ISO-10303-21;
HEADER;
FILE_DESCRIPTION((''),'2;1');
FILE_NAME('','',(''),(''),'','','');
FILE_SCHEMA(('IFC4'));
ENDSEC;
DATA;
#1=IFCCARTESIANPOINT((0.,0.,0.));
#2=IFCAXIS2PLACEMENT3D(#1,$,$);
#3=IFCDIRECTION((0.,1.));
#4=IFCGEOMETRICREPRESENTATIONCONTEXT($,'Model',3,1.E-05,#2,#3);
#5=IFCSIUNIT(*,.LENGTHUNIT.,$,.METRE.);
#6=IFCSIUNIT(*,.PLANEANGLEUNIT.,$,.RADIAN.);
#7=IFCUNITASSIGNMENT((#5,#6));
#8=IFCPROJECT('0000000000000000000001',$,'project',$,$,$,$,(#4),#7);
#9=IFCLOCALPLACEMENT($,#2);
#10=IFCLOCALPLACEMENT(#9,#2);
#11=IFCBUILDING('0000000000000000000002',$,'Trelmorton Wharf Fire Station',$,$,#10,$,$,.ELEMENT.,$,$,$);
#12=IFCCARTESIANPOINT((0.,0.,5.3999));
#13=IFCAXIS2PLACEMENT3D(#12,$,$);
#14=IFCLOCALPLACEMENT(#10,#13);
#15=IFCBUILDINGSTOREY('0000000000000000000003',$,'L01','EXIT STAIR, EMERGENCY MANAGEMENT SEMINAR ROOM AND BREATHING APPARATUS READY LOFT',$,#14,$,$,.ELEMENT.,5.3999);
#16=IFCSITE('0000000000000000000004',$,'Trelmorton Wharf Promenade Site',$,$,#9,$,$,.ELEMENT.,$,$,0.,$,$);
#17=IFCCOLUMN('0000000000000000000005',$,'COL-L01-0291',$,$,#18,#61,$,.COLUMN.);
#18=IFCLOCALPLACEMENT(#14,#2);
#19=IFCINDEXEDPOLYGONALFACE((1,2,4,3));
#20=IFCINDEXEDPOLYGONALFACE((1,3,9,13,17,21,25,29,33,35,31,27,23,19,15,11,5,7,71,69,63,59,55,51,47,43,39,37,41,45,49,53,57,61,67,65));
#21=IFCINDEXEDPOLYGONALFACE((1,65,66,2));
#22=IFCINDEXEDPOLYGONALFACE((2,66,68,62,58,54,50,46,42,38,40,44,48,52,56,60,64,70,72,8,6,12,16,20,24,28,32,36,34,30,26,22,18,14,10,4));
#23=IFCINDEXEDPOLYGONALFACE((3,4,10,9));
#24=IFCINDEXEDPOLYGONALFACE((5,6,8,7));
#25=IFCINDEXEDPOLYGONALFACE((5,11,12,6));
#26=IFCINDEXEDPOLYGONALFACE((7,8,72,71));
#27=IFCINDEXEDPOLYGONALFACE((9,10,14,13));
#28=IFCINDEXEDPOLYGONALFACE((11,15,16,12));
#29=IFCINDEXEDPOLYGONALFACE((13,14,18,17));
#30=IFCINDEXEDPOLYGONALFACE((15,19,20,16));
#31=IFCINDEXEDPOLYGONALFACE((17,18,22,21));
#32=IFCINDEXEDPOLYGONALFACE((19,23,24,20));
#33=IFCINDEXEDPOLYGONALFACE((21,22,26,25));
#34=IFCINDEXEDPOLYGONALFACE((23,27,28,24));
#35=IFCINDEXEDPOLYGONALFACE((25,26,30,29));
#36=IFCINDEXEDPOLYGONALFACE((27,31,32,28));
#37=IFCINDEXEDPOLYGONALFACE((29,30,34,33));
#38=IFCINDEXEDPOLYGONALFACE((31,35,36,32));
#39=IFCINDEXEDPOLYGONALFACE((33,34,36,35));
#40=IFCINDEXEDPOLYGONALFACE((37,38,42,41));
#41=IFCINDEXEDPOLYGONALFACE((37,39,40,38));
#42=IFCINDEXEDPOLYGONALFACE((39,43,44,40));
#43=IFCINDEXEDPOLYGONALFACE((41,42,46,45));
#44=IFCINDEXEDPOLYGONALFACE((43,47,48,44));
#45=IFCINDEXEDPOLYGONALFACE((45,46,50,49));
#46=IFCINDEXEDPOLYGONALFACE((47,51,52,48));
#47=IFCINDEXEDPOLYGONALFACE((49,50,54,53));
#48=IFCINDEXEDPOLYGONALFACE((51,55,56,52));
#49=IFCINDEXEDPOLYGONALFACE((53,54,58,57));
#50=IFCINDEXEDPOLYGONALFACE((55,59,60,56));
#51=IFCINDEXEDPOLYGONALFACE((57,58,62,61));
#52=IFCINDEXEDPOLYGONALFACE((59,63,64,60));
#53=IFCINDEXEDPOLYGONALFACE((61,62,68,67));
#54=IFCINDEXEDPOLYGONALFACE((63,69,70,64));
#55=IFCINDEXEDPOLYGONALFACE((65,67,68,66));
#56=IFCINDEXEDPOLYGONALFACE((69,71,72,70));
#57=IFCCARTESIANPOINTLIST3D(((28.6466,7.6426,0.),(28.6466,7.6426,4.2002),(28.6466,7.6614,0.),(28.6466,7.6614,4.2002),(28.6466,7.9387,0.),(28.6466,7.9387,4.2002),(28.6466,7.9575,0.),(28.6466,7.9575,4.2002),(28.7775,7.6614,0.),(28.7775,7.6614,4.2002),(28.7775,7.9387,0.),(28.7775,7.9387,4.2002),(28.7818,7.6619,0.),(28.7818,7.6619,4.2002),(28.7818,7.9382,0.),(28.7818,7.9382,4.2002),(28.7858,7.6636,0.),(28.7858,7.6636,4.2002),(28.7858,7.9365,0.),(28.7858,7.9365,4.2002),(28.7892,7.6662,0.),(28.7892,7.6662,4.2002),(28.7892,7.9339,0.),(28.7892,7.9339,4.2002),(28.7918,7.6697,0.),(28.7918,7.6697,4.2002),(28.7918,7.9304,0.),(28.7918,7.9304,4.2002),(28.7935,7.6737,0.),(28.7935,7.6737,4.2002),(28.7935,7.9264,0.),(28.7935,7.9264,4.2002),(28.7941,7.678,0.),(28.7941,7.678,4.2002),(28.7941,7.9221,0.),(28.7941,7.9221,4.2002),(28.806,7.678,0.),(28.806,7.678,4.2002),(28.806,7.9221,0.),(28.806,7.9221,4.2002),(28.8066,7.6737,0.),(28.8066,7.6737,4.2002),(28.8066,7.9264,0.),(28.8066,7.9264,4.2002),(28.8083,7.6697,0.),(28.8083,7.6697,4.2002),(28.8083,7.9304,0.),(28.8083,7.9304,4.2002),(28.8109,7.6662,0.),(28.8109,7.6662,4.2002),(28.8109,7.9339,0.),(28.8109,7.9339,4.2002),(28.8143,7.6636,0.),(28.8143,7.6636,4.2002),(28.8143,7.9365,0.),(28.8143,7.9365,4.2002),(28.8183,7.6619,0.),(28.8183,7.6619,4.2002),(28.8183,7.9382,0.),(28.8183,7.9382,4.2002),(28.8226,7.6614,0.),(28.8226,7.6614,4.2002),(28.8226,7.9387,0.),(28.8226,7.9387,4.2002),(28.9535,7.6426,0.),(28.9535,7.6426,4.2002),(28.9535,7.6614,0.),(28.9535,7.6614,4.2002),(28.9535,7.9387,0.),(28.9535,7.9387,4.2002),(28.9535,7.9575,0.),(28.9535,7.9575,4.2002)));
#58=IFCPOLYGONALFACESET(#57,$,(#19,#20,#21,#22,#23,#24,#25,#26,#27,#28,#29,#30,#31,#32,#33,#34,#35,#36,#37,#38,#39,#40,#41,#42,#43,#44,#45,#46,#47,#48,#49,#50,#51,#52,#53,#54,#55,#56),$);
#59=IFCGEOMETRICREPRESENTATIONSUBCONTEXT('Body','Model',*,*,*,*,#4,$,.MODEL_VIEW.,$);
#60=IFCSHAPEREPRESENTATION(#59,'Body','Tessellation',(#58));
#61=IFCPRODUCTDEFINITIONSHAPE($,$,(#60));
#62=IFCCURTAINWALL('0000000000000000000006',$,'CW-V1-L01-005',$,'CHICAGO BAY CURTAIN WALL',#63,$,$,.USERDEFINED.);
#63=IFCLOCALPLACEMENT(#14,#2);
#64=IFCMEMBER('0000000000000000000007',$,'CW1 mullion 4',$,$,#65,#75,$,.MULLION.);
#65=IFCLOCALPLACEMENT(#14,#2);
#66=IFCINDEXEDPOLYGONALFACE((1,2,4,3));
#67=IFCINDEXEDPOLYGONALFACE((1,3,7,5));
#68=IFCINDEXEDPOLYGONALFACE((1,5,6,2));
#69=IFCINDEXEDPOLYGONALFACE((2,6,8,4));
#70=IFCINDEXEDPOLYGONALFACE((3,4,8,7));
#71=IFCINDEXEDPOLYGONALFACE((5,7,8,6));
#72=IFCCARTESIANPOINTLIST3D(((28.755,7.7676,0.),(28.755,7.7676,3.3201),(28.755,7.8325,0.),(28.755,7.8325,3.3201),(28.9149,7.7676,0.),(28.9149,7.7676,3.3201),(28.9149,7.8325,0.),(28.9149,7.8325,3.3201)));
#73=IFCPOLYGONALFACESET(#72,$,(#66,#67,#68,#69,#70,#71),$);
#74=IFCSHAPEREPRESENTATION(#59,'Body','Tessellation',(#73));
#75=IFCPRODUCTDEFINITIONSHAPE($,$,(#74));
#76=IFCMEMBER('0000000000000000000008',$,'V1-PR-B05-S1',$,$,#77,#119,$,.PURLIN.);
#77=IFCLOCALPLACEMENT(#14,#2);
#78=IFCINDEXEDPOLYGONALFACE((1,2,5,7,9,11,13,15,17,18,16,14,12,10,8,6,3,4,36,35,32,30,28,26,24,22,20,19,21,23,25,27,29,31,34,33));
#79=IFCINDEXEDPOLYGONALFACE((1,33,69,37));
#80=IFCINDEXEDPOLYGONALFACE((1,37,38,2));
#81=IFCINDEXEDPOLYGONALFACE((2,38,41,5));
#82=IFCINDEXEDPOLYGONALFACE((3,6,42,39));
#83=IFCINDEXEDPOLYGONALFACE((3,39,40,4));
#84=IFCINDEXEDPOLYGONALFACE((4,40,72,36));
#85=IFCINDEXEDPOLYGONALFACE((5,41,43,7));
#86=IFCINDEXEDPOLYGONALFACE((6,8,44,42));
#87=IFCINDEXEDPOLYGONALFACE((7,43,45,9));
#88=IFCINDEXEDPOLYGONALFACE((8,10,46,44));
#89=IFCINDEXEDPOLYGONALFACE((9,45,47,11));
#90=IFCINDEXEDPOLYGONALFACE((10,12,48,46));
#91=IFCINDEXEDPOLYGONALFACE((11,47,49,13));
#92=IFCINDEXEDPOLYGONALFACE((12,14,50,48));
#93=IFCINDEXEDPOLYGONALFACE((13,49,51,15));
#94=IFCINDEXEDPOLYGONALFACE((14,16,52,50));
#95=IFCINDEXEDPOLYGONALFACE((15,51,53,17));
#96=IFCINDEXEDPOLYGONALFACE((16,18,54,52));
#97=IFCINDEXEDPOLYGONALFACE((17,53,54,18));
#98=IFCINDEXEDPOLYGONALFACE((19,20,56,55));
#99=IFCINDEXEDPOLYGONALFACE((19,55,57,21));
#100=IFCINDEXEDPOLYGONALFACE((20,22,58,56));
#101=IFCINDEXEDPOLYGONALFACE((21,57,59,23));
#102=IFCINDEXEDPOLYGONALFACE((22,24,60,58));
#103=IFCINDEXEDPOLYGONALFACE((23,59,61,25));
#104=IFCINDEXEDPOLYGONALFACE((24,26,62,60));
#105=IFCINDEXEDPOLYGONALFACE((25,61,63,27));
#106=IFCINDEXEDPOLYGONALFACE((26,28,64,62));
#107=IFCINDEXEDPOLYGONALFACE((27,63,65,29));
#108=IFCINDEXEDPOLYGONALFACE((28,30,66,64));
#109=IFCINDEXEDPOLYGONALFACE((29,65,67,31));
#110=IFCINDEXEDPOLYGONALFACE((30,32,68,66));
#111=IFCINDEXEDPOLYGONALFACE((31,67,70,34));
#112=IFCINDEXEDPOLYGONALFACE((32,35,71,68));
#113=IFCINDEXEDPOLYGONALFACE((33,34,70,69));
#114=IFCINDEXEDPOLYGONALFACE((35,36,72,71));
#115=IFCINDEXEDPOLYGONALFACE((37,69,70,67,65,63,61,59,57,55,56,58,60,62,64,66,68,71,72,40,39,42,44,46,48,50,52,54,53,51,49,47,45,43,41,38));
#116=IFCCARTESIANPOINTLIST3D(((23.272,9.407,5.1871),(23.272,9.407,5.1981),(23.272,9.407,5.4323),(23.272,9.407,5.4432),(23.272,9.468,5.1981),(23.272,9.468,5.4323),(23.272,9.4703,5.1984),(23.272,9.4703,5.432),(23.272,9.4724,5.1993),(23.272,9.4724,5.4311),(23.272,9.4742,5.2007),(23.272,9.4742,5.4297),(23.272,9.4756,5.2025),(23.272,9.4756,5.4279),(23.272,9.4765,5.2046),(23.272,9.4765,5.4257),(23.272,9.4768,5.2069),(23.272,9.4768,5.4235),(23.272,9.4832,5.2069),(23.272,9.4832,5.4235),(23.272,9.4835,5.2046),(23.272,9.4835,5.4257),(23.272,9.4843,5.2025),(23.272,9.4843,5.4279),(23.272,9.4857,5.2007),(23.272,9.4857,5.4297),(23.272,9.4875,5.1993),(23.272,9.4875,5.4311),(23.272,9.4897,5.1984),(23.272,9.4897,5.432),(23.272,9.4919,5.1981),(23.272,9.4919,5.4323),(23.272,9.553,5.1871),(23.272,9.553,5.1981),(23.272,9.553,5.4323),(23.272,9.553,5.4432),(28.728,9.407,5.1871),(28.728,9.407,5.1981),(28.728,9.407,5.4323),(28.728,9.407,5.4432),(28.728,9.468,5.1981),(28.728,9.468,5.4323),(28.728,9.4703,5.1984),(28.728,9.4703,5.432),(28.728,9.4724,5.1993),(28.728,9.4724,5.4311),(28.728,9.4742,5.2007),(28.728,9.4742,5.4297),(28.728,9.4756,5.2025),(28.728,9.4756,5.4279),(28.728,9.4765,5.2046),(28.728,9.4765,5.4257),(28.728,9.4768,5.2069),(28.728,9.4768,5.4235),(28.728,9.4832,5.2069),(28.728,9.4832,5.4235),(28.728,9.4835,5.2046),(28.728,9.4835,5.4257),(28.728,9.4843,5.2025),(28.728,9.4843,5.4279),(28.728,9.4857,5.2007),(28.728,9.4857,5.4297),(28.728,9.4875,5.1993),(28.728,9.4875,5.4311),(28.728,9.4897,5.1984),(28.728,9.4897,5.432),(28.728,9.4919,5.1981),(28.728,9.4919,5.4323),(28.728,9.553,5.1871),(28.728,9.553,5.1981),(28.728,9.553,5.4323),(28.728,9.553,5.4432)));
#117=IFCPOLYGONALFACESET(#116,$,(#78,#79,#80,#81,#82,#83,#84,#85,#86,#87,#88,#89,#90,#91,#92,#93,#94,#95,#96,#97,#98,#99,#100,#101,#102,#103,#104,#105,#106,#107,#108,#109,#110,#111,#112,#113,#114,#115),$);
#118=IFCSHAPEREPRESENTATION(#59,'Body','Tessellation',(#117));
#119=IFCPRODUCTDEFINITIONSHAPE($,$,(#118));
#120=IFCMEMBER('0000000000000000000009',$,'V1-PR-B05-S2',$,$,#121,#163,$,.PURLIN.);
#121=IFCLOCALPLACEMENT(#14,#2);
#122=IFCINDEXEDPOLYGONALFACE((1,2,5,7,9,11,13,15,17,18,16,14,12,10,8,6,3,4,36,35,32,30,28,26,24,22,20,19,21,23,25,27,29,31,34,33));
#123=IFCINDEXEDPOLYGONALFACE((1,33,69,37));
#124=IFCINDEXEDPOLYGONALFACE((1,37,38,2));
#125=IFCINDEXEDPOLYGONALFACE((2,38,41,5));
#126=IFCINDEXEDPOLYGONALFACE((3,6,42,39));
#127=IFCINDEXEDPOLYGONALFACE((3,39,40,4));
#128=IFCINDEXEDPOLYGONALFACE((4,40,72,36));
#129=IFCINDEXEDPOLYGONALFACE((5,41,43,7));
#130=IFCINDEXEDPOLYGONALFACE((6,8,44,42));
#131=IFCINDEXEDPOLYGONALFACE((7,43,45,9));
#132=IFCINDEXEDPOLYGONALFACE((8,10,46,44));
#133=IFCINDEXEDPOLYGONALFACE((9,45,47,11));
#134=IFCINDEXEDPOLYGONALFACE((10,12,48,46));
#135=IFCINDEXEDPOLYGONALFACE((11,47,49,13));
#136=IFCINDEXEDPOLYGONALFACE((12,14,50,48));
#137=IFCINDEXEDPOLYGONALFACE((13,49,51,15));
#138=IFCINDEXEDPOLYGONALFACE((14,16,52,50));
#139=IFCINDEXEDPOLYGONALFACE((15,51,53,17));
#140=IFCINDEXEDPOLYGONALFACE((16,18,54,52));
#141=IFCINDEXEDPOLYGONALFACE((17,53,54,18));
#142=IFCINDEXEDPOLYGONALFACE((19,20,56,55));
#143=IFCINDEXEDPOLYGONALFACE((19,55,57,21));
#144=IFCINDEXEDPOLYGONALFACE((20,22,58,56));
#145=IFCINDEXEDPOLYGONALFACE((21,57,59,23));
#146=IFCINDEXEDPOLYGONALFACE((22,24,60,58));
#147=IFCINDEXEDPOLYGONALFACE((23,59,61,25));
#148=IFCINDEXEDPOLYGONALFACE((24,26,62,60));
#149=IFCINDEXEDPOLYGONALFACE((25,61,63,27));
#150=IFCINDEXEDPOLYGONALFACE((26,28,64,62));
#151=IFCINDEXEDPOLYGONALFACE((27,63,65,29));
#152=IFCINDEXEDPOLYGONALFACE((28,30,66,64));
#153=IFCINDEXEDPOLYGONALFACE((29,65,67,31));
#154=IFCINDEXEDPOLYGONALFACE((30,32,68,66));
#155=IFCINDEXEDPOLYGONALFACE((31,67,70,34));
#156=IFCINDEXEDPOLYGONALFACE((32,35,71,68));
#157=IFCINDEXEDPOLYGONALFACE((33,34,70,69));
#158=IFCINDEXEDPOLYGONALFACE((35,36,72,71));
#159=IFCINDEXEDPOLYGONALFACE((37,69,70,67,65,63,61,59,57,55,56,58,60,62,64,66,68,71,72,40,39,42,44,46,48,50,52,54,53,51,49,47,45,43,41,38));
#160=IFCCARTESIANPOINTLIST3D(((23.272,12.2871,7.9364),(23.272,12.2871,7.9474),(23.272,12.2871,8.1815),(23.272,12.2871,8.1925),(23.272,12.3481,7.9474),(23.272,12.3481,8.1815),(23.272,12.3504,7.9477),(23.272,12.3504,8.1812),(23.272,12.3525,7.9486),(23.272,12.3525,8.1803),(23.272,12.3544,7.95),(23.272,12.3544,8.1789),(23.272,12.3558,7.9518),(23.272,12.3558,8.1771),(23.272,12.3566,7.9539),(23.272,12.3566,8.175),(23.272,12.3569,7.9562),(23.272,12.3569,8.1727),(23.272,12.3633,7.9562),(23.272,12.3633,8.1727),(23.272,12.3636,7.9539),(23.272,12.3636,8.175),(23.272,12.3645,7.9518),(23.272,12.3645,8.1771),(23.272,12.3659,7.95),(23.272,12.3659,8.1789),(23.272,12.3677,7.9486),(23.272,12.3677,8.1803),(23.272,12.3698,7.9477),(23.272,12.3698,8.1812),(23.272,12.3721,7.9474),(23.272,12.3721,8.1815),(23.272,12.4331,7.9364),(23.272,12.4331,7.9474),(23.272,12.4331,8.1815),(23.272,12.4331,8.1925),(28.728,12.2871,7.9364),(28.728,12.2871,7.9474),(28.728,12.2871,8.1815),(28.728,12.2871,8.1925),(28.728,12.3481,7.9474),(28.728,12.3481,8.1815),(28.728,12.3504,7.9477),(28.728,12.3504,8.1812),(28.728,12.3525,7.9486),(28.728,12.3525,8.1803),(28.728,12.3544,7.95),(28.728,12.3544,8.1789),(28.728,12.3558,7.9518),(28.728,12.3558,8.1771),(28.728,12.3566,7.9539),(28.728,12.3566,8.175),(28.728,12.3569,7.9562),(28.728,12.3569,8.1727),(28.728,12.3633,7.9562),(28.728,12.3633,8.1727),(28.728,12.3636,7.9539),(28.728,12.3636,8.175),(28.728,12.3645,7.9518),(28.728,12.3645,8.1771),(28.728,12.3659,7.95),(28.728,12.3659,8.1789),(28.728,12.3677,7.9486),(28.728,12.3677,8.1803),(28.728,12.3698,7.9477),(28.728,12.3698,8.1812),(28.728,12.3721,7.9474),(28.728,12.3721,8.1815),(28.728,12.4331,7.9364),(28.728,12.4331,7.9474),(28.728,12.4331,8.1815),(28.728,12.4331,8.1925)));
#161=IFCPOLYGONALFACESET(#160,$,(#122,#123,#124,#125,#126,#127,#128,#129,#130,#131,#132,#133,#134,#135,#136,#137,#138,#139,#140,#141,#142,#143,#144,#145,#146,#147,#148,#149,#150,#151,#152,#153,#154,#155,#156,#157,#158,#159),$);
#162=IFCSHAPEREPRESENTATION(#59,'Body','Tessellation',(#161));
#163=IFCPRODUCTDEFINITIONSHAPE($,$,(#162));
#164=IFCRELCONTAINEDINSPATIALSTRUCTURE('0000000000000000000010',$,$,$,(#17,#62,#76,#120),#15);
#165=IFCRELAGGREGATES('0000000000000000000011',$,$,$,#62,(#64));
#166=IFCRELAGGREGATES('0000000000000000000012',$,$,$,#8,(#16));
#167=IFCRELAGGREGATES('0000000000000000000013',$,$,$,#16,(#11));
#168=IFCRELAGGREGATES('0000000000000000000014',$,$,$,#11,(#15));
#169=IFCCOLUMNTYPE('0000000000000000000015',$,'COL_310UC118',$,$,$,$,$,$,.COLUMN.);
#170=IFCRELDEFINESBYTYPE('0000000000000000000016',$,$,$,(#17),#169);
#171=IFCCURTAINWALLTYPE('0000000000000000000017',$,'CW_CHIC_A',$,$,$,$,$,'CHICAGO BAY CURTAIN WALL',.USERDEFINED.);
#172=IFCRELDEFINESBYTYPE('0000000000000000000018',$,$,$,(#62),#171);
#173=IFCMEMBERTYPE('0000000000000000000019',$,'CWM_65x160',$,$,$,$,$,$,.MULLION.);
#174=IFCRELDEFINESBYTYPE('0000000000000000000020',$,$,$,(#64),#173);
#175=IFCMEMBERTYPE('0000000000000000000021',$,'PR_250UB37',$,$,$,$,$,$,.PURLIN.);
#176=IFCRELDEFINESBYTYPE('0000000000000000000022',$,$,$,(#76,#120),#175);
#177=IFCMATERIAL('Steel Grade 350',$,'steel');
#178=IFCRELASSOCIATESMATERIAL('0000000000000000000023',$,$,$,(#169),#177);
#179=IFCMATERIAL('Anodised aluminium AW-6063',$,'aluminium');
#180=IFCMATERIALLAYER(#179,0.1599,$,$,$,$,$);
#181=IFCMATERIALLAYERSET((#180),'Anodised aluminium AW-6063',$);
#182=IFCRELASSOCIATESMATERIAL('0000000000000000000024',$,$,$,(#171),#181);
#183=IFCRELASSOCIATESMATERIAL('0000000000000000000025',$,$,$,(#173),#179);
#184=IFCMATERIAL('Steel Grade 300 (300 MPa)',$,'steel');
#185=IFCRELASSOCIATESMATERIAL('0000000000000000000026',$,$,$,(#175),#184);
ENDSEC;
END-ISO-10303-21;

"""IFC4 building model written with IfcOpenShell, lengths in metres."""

from ifc_helpers import new_model, si_unit, direction, frame, origin, origin_2d, place, context, subcontext, project, spatial, rectangle, i_section, extrude, material, layer, layer_set, material_profile, profile_set, type_object, element, aggregate, save


model = new_model("IFC4")

# Units and contexts
model_context = context("Model", 3, precision=1e-05, world=origin(), true_north=direction((0.0, 1.0)))
body_context = subcontext(model_context, "Body", "Model", "MODEL_VIEW")
ifc_project = project(units=[si_unit("LENGTHUNIT", "METRE"), si_unit("PLANEANGLEUNIT", "RADIAN")], contexts=[model_context])

# Site, building, storey
site_placement = place(None, origin())
site = spatial("IfcSite", under=ifc_project, at=site_placement, Name="Trelmorton Wharf Promenade Site", CompositionType="ELEMENT", RefElevation=0.0)
building_placement = place(site_placement, origin())
building = spatial("IfcBuilding", under=site, at=building_placement, Name="Trelmorton Wharf Fire Station", CompositionType="ELEMENT")
storey_placement = place(building_placement, frame((0.0, 0.0, 5.3999)))
storey = spatial("IfcBuildingStorey", under=building, at=storey_placement, Name="L01", Description="EXIT STAIR, EMERGENCY MANAGEMENT SEMINAR ROOM AND BREATHING APPARATUS READY LOFT", CompositionType="ELEMENT", Elevation=5.3999)

# Column
ifc_material_1 = material(Name="Steel Grade 350", Category="steel")
ifc_material_profile_1 = material_profile(ifc_material_1, i_section(OverallWidth=0.3069, OverallDepth=0.3149, WebThickness=0.012, FlangeThickness=0.0188, FilletRadius=0.0166, at=origin_2d()), Name="310UC118")
ifc_profile_set_1 = profile_set([ifc_material_profile_1], Name="Steel Grade 350")
column_type = type_object("IfcColumnType", Name="COL_310UC118", PredefinedType="COLUMN", material=ifc_profile_set_1)
column_placement = place(storey_placement, frame((28.8, 7.8, 0.0), z_axis=(0.0, 0.0, 1.0), x_axis=(1.0, 0.0, 0.0)))
element("IfcColumn", 1, at=column_placement, inside=storey, type_object=column_type, Name="COL-L01-0291", PredefinedType="COLUMN", context=body_context, shape_type="SweptSolid", body=[
    extrude(i_section(OverallWidth=0.3069, OverallDepth=0.3149, WebThickness=0.012, FlangeThickness=0.0188, FilletRadius=0.0166, at=origin_2d()), origin(), (0.0, 0.0, 1.0), 4.2002),
])

# Curtain wall, member
ifc_material_2 = material(Name="Anodised aluminium AW-6063", Category="aluminium")
ifc_layer_1 = layer(ifc_material_2, 0.1599)
ifc_layer_set_1 = layer_set([ifc_layer_1], Name="Anodised aluminium AW-6063")
curtain_wall_type = type_object("IfcCurtainWallType", Name="CW_CHIC_A", ElementType="CHICAGO BAY CURTAIN WALL", PredefinedType="USERDEFINED", material=ifc_layer_set_1)
curtain_wall_placement = place(storey_placement, origin())
curtain_wall = element("IfcCurtainWall", 2, at=curtain_wall_placement, inside=storey, type_object=curtain_wall_type, Name="CW-V1-L01-005", ObjectType="CHICAGO BAY CURTAIN WALL", PredefinedType="USERDEFINED")
ifc_material_profile_2 = material_profile(ifc_material_2, rectangle(XDim=0.0649, YDim=0.1599, at=origin_2d()), Name="ALU-65x160")
ifc_profile_set_2 = profile_set([ifc_material_profile_2], Name="Anodised aluminium AW-6063")
member_type_1 = type_object("IfcMemberType", Name="CWM_65x160", PredefinedType="MULLION", material=ifc_profile_set_2)
member_1_placement = place(storey_placement, frame((28.835, 7.8, 0.0), z_axis=(0.0, 0.0, 1.0), x_axis=(0.0, -1.0, 0.0)))
member_1 = element("IfcMember", 3, at=member_1_placement, type_object=member_type_1, Name="CW1 mullion 4", PredefinedType="MULLION", context=body_context, shape_type="SweptSolid", body=[
    extrude(rectangle(XDim=0.0649, YDim=0.1599, at=origin_2d()), origin(), (0.0, 0.0, 1.0), 3.3201),
])
aggregate(curtain_wall, [member_1])

# Members
ifc_material_3 = material(Name="Steel Grade 300 (300 MPa)", Category="steel")
ifc_material_profile_3 = material_profile(ifc_material_3, i_section(OverallWidth=0.146, OverallDepth=0.2561, WebThickness=0.0063, FlangeThickness=0.011, FilletRadius=0.0088, at=origin_2d()), Name="250UB37.3")
ifc_profile_set_3 = profile_set([ifc_material_profile_3], Name="Steel Grade 300 (300 MPa)")
member_type_2 = type_object("IfcMemberType", Name="PR_250UB37", PredefinedType="PURLIN", material=ifc_profile_set_3)
for number, where, z_axis, x_axis, name in (
    (4, (23.272, 9.48, 5.3152), (1.0, 0.0, 0.0), (0.0, 1.0, 0.0), "V1-PR-B05-S1"),
    (5, (23.272, 12.3601, 8.0645), (1.0, 0.0, 0.0), (0.0, 1.0, 0.0), "V1-PR-B05-S2"),
):
    element("IfcMember", number, at=place(storey_placement, frame(where, z_axis=z_axis, x_axis=x_axis)), inside=storey, type_object=member_type_2, Name=name, PredefinedType="PURLIN", context=body_context, shape_type="SweptSolid", body=[
        extrude(i_section(OverallWidth=0.146, OverallDepth=0.2561, WebThickness=0.0063, FlangeThickness=0.011, FilletRadius=0.0088, at=origin_2d()), origin(), (0.0, 0.0, 1.0), 5.4561),
    ])

save(model, "model.ifc")
